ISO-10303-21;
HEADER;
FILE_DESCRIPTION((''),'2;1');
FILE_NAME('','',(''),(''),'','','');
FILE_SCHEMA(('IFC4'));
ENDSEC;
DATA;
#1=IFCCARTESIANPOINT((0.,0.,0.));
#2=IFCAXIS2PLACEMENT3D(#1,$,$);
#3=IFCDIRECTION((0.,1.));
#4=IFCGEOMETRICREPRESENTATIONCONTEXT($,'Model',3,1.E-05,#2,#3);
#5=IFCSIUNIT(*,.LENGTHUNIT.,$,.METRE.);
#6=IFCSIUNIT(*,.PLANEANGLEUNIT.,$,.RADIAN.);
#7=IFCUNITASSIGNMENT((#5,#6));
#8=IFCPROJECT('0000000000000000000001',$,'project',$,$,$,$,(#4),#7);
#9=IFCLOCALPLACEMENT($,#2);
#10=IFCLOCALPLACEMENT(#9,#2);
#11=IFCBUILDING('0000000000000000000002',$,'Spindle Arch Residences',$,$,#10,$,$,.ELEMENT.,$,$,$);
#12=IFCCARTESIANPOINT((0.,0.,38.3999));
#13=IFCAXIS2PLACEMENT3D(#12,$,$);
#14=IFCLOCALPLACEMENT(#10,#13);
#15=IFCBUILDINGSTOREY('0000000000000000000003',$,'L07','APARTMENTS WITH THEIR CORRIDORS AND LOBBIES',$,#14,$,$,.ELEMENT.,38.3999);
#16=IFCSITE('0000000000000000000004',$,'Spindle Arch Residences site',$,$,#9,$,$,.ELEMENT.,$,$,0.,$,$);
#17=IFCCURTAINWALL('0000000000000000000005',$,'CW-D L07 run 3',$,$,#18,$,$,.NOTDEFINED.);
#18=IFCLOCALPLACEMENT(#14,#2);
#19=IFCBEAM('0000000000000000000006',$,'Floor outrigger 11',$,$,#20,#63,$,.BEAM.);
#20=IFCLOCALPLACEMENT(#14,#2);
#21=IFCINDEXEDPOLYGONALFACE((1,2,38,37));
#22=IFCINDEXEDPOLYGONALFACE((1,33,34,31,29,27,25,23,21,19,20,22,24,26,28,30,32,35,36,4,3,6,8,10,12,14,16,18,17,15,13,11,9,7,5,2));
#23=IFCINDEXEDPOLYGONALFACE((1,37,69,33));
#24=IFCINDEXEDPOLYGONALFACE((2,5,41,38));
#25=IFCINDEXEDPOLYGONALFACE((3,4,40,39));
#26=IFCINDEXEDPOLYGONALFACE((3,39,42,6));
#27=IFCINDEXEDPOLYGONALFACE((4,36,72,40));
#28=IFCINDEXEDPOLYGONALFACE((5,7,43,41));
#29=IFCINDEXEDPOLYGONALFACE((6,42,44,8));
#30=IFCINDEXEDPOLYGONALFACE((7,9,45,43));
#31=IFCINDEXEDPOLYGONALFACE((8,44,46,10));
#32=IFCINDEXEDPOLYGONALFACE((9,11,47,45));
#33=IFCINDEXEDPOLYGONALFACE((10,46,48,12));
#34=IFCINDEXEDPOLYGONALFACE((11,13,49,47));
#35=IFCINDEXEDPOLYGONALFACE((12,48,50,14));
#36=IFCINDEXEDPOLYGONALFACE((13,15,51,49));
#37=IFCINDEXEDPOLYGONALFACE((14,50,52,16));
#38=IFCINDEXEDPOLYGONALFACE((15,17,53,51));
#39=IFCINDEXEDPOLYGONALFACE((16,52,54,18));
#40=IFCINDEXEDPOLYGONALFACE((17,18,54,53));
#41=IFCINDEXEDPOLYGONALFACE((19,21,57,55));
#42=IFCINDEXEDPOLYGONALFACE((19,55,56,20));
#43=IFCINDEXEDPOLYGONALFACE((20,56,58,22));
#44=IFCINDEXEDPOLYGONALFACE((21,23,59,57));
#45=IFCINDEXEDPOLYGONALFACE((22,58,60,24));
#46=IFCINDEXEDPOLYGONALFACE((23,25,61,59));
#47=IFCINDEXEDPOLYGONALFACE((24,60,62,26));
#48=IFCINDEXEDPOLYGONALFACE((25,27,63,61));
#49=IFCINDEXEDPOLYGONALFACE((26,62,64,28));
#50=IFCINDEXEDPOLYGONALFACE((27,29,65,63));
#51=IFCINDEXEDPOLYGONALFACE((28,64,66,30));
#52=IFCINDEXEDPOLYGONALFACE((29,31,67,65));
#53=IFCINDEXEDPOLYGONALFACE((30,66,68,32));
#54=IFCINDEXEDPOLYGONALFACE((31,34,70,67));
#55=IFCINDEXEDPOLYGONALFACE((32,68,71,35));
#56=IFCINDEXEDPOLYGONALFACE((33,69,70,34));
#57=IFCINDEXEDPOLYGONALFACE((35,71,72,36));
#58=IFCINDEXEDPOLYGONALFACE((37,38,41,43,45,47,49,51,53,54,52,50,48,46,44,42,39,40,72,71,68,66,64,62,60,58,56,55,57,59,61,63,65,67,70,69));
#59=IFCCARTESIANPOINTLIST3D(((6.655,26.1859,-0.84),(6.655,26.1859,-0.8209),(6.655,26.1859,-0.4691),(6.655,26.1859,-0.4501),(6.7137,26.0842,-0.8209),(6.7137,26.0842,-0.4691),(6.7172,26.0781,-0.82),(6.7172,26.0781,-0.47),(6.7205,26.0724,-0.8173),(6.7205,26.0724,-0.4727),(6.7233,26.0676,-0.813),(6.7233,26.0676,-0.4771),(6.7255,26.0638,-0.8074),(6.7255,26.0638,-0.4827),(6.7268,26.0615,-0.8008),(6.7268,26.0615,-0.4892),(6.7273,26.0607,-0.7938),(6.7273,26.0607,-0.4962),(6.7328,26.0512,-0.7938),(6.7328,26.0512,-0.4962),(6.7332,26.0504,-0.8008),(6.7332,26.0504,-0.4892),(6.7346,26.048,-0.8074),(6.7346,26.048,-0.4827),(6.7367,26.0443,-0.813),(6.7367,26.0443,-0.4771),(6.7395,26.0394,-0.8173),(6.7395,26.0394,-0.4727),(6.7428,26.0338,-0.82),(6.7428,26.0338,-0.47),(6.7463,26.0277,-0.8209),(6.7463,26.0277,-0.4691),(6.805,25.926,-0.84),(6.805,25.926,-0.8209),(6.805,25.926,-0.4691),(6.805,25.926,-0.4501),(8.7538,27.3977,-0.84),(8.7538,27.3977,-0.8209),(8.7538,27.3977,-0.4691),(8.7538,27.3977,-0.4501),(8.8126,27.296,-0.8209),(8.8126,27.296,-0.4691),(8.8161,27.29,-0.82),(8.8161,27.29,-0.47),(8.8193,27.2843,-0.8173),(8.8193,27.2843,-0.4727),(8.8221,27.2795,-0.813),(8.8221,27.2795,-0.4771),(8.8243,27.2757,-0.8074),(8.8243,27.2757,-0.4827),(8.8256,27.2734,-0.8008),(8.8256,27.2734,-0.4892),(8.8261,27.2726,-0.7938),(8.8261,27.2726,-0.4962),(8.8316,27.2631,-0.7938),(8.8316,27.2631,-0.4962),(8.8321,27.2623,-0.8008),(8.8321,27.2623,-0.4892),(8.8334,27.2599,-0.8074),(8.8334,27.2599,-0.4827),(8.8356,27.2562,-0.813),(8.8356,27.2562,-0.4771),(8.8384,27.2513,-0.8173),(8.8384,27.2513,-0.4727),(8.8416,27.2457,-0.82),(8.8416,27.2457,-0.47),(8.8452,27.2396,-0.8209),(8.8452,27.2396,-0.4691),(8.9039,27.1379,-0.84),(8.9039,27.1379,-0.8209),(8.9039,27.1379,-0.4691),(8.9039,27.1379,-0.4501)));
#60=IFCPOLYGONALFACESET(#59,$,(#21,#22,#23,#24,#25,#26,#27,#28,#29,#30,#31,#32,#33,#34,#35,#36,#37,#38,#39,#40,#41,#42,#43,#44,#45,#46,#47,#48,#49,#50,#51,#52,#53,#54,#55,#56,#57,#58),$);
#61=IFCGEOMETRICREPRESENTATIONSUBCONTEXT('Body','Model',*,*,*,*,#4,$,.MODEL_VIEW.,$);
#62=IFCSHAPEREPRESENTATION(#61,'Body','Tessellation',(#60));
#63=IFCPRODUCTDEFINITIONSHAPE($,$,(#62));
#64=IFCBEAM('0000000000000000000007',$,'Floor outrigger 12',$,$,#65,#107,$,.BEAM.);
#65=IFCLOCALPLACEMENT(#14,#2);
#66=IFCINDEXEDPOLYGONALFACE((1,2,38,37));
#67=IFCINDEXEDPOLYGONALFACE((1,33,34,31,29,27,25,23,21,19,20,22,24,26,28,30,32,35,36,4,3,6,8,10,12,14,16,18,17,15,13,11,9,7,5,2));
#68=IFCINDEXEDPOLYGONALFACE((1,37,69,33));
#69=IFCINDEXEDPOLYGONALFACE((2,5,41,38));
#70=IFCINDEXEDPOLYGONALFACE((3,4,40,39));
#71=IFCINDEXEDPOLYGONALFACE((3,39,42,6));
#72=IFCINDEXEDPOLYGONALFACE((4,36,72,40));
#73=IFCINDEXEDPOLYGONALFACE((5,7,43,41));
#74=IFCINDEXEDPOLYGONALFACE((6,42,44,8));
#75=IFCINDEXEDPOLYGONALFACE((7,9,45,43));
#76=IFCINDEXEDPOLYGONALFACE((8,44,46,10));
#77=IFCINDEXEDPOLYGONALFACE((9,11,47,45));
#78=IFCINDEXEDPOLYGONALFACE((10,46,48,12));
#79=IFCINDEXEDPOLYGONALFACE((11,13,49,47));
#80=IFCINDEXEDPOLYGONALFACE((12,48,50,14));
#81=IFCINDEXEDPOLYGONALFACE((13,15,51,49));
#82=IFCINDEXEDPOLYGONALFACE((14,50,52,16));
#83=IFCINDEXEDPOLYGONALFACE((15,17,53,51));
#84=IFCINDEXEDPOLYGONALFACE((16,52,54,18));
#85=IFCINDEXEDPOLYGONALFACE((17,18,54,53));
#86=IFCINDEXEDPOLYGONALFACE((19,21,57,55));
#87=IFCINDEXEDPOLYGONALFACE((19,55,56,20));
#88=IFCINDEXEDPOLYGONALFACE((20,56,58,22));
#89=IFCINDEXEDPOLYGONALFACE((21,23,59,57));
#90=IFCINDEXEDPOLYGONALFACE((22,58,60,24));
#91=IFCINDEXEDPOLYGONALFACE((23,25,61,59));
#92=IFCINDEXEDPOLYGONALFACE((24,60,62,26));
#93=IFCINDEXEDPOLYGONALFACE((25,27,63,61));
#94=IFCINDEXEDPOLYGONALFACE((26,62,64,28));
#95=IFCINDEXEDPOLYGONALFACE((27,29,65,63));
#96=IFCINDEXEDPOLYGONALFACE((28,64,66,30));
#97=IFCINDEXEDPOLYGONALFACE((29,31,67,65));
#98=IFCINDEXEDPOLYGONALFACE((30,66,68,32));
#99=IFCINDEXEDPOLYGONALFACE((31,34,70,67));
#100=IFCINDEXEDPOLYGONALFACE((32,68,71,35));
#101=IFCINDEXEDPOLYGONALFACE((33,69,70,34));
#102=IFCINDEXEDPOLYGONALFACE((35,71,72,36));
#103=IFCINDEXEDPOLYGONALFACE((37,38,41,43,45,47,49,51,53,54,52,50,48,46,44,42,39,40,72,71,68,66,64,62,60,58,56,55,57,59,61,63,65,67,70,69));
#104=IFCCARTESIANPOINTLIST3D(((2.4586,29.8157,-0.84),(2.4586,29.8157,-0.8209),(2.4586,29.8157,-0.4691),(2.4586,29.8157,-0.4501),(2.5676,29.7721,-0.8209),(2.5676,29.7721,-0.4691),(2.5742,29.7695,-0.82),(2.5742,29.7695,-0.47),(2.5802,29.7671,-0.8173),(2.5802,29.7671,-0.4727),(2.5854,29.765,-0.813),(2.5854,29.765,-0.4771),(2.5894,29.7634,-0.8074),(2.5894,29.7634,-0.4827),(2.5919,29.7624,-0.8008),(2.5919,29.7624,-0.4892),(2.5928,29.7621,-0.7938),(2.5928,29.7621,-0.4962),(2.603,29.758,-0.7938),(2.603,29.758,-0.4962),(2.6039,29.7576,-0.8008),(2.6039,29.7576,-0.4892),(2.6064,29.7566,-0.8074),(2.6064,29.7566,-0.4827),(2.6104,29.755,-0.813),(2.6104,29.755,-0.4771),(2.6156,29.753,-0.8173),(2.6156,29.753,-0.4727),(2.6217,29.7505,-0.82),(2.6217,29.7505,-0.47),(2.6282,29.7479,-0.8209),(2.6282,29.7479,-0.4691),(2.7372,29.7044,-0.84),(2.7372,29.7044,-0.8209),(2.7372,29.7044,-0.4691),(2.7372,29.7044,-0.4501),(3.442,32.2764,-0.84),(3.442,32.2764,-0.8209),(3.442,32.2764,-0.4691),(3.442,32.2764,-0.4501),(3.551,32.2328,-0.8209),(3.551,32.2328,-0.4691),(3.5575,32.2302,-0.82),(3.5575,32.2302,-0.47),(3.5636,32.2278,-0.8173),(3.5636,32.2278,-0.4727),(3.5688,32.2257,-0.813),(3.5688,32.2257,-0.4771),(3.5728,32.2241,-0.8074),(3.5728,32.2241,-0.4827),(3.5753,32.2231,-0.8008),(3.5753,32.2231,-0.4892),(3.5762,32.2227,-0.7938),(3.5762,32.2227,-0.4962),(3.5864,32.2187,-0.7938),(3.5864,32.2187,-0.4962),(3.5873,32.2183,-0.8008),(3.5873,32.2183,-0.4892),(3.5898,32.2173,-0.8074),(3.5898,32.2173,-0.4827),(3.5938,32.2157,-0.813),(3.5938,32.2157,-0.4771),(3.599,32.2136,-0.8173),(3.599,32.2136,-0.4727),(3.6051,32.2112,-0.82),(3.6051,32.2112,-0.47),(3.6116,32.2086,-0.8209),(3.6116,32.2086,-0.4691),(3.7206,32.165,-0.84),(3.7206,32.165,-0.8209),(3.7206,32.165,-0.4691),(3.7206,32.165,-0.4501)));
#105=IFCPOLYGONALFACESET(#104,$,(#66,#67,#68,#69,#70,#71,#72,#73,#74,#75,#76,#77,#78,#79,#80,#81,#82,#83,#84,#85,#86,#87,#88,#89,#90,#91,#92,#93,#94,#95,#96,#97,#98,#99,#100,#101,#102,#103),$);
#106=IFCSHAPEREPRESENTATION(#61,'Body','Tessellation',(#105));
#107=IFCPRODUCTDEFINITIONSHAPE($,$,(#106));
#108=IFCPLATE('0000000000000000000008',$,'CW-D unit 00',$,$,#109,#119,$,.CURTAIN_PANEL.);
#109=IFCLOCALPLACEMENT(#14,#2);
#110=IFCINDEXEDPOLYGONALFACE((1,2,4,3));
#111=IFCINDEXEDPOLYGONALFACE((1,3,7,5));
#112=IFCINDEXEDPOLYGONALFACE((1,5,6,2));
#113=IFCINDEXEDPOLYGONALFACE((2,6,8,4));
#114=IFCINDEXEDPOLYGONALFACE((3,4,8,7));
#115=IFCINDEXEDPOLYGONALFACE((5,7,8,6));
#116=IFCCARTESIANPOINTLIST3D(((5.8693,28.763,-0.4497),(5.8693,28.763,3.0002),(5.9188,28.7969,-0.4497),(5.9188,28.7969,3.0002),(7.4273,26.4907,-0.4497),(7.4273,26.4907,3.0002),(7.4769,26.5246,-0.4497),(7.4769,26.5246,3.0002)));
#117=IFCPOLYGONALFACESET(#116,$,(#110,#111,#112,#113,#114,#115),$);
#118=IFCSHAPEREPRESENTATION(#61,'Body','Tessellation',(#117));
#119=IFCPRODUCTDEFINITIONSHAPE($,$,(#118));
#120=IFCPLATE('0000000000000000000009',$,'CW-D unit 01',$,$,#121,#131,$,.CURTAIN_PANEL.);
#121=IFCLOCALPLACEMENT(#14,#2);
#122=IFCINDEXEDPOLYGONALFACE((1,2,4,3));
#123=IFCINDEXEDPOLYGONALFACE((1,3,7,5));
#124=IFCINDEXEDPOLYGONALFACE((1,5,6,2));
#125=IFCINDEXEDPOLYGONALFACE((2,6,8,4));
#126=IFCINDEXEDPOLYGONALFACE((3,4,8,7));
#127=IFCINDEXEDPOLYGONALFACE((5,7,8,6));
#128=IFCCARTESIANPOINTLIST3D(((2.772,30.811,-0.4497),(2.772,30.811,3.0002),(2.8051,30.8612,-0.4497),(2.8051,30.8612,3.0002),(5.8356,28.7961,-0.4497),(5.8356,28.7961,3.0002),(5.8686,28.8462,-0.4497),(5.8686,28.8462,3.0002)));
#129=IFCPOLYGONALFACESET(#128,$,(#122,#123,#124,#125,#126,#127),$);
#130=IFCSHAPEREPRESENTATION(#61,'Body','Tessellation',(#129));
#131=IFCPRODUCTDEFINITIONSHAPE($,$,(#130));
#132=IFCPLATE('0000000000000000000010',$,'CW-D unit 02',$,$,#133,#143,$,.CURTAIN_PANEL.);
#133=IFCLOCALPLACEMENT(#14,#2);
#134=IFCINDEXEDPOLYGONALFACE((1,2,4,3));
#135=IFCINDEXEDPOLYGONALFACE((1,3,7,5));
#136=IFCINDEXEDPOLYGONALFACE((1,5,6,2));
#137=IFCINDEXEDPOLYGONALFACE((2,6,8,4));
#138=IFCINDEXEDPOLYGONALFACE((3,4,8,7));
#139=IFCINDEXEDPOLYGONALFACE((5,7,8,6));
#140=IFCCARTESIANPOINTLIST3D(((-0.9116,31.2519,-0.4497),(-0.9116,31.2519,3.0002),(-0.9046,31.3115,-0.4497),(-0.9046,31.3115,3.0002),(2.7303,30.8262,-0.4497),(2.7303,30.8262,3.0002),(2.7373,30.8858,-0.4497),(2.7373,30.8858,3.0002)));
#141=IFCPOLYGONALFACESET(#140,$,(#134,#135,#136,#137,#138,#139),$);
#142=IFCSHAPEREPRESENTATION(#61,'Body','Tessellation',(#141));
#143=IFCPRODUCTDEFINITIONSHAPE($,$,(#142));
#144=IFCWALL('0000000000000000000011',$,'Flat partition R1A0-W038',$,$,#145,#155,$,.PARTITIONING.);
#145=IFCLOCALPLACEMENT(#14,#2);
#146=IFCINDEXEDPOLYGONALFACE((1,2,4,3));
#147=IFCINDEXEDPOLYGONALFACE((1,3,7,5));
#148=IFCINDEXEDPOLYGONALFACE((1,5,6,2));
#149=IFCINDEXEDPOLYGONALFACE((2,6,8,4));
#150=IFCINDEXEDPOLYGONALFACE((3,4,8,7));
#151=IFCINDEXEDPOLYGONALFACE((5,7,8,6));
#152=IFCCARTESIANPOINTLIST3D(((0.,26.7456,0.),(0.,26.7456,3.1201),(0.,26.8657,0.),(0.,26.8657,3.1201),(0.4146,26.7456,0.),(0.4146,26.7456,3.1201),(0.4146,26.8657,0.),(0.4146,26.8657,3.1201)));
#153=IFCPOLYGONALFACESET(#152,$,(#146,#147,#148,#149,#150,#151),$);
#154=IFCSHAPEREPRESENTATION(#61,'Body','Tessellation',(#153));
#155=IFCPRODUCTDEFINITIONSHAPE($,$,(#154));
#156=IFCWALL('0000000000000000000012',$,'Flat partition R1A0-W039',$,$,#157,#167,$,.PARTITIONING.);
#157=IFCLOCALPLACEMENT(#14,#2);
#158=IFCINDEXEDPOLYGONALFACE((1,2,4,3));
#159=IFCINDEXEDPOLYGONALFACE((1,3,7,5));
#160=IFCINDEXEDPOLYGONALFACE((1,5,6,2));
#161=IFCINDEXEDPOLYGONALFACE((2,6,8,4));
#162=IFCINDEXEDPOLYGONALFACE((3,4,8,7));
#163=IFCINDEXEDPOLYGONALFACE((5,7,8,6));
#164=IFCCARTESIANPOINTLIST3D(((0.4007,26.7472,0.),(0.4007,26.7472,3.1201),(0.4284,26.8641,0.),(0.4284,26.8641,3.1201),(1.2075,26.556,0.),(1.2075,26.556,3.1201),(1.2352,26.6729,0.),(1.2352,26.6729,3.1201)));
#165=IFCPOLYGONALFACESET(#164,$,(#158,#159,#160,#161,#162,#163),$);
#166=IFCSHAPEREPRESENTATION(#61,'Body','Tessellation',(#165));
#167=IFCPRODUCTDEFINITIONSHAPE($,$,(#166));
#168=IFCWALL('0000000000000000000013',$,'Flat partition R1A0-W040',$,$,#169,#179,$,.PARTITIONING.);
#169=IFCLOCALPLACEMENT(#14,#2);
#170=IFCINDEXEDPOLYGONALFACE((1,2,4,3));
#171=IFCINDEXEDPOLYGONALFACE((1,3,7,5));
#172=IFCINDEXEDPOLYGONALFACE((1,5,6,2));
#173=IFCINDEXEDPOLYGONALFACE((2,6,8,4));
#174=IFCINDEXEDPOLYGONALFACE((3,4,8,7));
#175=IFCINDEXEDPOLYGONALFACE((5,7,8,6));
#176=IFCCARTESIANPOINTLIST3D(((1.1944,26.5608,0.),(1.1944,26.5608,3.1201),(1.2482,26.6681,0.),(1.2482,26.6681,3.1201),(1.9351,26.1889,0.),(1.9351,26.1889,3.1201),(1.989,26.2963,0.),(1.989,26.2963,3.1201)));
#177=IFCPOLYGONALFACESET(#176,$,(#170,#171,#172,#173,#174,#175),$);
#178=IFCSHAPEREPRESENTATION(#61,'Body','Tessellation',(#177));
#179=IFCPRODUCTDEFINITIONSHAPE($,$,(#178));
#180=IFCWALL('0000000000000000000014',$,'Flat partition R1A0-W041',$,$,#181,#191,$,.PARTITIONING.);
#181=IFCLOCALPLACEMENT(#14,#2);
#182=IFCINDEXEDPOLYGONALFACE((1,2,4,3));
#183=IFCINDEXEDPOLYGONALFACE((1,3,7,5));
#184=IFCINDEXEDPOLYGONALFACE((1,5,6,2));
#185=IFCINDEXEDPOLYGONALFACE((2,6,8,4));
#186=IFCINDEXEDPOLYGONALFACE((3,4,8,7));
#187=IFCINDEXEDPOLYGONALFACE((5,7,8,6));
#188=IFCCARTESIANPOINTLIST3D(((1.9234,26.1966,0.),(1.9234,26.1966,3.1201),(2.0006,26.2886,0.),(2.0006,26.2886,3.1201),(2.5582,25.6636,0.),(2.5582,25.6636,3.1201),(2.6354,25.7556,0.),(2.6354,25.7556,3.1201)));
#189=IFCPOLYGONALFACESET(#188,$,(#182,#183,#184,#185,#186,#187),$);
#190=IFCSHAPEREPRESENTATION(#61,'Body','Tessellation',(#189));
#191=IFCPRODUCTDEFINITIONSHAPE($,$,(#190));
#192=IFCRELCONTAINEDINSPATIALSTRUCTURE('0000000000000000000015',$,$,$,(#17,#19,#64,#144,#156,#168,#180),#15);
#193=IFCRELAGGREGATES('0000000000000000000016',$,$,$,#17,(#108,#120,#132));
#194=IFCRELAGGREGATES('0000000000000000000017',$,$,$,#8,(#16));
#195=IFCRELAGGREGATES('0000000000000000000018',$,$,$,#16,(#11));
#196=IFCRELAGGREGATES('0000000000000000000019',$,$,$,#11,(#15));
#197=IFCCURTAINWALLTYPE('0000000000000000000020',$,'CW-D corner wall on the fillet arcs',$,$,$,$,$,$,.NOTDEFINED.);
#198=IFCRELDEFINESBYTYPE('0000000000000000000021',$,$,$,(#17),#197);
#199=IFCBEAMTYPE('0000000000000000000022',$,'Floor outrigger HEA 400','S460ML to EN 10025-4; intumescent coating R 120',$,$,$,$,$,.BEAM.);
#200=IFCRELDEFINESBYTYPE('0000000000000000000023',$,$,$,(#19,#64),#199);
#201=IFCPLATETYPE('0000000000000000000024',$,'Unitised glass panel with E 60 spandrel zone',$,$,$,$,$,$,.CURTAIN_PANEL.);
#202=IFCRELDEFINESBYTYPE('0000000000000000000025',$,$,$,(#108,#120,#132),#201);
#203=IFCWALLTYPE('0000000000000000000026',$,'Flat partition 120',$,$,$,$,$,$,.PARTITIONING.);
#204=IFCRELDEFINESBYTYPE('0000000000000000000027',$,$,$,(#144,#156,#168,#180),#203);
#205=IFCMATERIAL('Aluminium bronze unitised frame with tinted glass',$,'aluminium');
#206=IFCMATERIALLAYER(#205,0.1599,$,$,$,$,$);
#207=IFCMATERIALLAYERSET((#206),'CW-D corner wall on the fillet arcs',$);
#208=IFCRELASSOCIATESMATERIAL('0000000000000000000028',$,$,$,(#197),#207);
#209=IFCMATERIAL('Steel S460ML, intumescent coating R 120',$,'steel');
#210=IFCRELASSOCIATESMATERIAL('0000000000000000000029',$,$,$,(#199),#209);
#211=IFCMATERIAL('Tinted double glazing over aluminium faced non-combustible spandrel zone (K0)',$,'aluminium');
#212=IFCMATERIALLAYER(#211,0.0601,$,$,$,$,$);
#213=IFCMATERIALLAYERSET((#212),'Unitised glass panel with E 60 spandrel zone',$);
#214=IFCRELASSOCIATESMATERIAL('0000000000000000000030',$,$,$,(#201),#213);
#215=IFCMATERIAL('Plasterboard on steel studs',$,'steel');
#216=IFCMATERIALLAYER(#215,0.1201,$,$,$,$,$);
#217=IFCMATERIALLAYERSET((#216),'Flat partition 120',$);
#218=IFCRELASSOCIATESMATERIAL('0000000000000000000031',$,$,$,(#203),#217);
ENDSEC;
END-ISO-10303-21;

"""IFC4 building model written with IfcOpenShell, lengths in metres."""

from ifc_helpers import new_model, si_unit, direction, frame, frame_2d, origin, origin_2d, place, context, subcontext, project, spatial, rectangle, i_section, extrude, material, layer, layer_set, material_profile, profile_set, type_object, element, aggregate, save


model = new_model("IFC4")

# Units and contexts
model_context = context("Model", 3, precision=1e-05, world=origin(), true_north=direction((0.0, 1.0)))
body_context = subcontext(model_context, "Body", "Model", "MODEL_VIEW")
ifc_project = project(units=[si_unit("LENGTHUNIT", "METRE"), si_unit("PLANEANGLEUNIT", "RADIAN")], contexts=[model_context])

# Site, building, storey
site_placement = place(None, origin())
site = spatial("IfcSite", under=ifc_project, at=site_placement, Name="Spindle Arch Residences site", CompositionType="ELEMENT", RefElevation=0.0)
building_placement = place(site_placement, origin())
building = spatial("IfcBuilding", under=site, at=building_placement, Name="Spindle Arch Residences", CompositionType="ELEMENT")
storey_placement = place(building_placement, frame((0.0, 0.0, 38.3999)))
storey = spatial("IfcBuildingStorey", under=building, at=storey_placement, Name="L07", Description="APARTMENTS WITH THEIR CORRIDORS AND LOBBIES", CompositionType="ELEMENT", Elevation=38.3999)

# Curtain wall
ifc_material_1 = material(Name="Aluminium bronze unitised frame with tinted glass", Category="aluminium")
ifc_layer_1 = layer(ifc_material_1, 0.1599)
ifc_layer_set_1 = layer_set([ifc_layer_1], Name="CW-D corner wall on the fillet arcs")
curtain_wall_type = type_object("IfcCurtainWallType", Name="CW-D corner wall on the fillet arcs", PredefinedType="NOTDEFINED", material=ifc_layer_set_1)
curtain_wall_placement = place(storey_placement, origin())
curtain_wall = element("IfcCurtainWall", 1, at=curtain_wall_placement, inside=storey, type_object=curtain_wall_type, Name="CW-D L07 run 3", PredefinedType="NOTDEFINED")

# Beams
ifc_material_2 = material(Name="Steel S460ML, intumescent coating R 120", Category="steel")
ifc_material_profile_1 = material_profile(ifc_material_2, i_section(OverallWidth=0.3, OverallDepth=0.3899, WebThickness=0.011, FlangeThickness=0.019, FilletRadius=0.0271, at=origin_2d()), Name="HEA 400")
ifc_profile_set_1 = profile_set([ifc_material_profile_1], Name="Steel S460ML, intumescent coating R 120")
beam_type_1 = type_object("IfcBeamType", Name="Floor outrigger HEA 400", Description="S460ML to EN 10025-4; intumescent coating R 120", PredefinedType="BEAM", material=ifc_profile_set_1)
beam_1_placement = place(storey_placement, frame((8.8289, 27.2678, -0.645), z_axis=(-0.866003, -0.500039, 0.0), x_axis=(0.500039, -0.866003, 0.0)))
element("IfcBeam", 2, at=beam_1_placement, inside=storey, type_object=beam_type_1, Name="Floor outrigger 11", PredefinedType="BEAM", context=body_context, shape_type="SweptSolid", body=[
    extrude(i_section(OverallWidth=0.3, OverallDepth=0.3899, WebThickness=0.011, FlangeThickness=0.019, FilletRadius=0.0271, at=origin_2d()), origin(), (0.0, 0.0, 1.0), 2.4236),
])
beam_2_placement = place(storey_placement, frame((3.5813, 32.2207, -0.645), z_axis=(-0.371105, -0.928591, 0.0), x_axis=(0.928591, -0.371105, 0.0)))
element("IfcBeam", 3, at=beam_2_placement, inside=storey, type_object=beam_type_1, Name="Floor outrigger 12", PredefinedType="BEAM", context=body_context, shape_type="SweptSolid", body=[
    extrude(i_section(OverallWidth=0.3, OverallDepth=0.3899, WebThickness=0.011, FlangeThickness=0.019, FilletRadius=0.0271, at=origin_2d()), origin(), (0.0, 0.0, 1.0), 2.6499),
])

# Plates
ifc_material_3 = material(Name="Tinted double glazing over aluminium faced non-combustible spandrel zone (K0)", Category="aluminium")
ifc_layer_2 = layer(ifc_material_3, 0.0601)
ifc_layer_set_2 = layer_set([ifc_layer_2], Name="Unitised glass panel with E 60 spandrel zone")
plate_type = type_object("IfcPlateType", Name="Unitised glass panel with E 60 spandrel zone", PredefinedType="CURTAIN_PANEL", material=ifc_layer_set_2)
plate_1_placement = place(storey_placement, frame((6.6731, 27.6438, -0.4497), z_axis=(0.0, 0.0, 1.0), x_axis=(-0.565501, 0.824748, 0.0)))
plate_1 = element("IfcPlate", 4, at=plate_1_placement, type_object=plate_type, Name="CW-D unit 00", PredefinedType="CURTAIN_PANEL", context=body_context, shape_type="SweptSolid", body=[
    extrude(rectangle(XDim=2.7551, YDim=0.0601, at=origin_2d()), origin(), (0.0, 0.0, 1.0), 3.45),
])
plate_2_placement = place(storey_placement, frame((4.3203, 29.8286, -0.4497), z_axis=(0.0, 0.0, 1.0), x_axis=(-0.835488, 0.549509, 0.0)))
plate_2 = element("IfcPlate", 5, at=plate_2_placement, type_object=plate_type, Name="CW-D unit 01", PredefinedType="CURTAIN_PANEL", context=body_context, shape_type="SweptSolid", body=[
    extrude(rectangle(XDim=3.6667, YDim=0.0601, at=origin_2d()), origin(), (0.0, 0.0, 1.0), 3.45),
])
plate_3_placement = place(storey_placement, frame((0.9128, 31.0688, -0.4497), z_axis=(0.0, 0.0, 1.0), x_axis=(-0.993238, 0.116093, 0.0)))
plate_3 = element("IfcPlate", 6, at=plate_3_placement, type_object=plate_type, Name="CW-D unit 02", PredefinedType="CURTAIN_PANEL", context=body_context, shape_type="SweptSolid", body=[
    extrude(rectangle(XDim=3.6667, YDim=0.0601, at=origin_2d()), origin(), (0.0, 0.0, 1.0), 3.45),
])
aggregate(curtain_wall, [plate_1, plate_2, plate_3])

# Walls
ifc_material_4 = material(Name="Plasterboard on steel studs", Category="steel")
ifc_layer_3 = layer(ifc_material_4, 0.1201)
ifc_layer_set_3 = layer_set([ifc_layer_3], Name="Flat partition 120")
wall_type_1 = type_object("IfcWallType", Name="Flat partition 120", PredefinedType="PARTITIONING", material=ifc_layer_set_3)
wall_1_placement = place(storey_placement, frame((0.0, 26.8057, 0.0), z_axis=(0.0, 0.0, 1.0), x_axis=(1.0, 0.0, 0.0)))
element("IfcWall", 7, at=wall_1_placement, inside=storey, type_object=wall_type_1, Name="Flat partition R1A0-W038", PredefinedType="PARTITIONING", context=body_context, shape_type="SweptSolid", body=[
    extrude(rectangle(XDim=0.4146, YDim=0.1201, at=frame_2d((0.2073, 0.0))), origin(), (0.0, 0.0, 1.0), 3.1201),
])
wall_2_placement = place(storey_placement, frame((0.4146, 26.8057, 0.0), z_axis=(0.0, 0.0, 1.0), x_axis=(0.973049, -0.230598, 0.0)))
element("IfcWall", 8, at=wall_2_placement, inside=storey, type_object=wall_type_1, Name="Flat partition R1A0-W039", PredefinedType="PARTITIONING", context=body_context, shape_type="SweptSolid", body=[
    extrude(rectangle(XDim=0.8291, YDim=0.1201, at=frame_2d((0.4146, 0.0))), origin(), (0.0, 0.0, 1.0), 3.1201),
])
for number, where, z_axis, x_axis, name in (
    (9, (1.2212, 26.6145, 0.0), (0.0, 0.0, 1.0), (0.893719, -0.448627, 0.0), "Flat partition R1A0-W040"),
    (10, (1.9619, 26.2427, 0.0), (0.0, 0.0, 1.0), (0.76585, -0.643019, 0.0), "Flat partition R1A0-W041"),
):
    element("IfcWall", number, at=place(storey_placement, frame(where, z_axis=z_axis, x_axis=x_axis)), inside=storey, type_object=wall_type_1, Name=name, PredefinedType="PARTITIONING", context=body_context, shape_type="SweptSolid", body=[
        extrude(rectangle(XDim=0.8289, YDim=0.1201, at=frame_2d((0.4146, 0.0))), origin(), (0.0, 0.0, 1.0), 3.1201),
    ])

save(model, "model.ifc")
